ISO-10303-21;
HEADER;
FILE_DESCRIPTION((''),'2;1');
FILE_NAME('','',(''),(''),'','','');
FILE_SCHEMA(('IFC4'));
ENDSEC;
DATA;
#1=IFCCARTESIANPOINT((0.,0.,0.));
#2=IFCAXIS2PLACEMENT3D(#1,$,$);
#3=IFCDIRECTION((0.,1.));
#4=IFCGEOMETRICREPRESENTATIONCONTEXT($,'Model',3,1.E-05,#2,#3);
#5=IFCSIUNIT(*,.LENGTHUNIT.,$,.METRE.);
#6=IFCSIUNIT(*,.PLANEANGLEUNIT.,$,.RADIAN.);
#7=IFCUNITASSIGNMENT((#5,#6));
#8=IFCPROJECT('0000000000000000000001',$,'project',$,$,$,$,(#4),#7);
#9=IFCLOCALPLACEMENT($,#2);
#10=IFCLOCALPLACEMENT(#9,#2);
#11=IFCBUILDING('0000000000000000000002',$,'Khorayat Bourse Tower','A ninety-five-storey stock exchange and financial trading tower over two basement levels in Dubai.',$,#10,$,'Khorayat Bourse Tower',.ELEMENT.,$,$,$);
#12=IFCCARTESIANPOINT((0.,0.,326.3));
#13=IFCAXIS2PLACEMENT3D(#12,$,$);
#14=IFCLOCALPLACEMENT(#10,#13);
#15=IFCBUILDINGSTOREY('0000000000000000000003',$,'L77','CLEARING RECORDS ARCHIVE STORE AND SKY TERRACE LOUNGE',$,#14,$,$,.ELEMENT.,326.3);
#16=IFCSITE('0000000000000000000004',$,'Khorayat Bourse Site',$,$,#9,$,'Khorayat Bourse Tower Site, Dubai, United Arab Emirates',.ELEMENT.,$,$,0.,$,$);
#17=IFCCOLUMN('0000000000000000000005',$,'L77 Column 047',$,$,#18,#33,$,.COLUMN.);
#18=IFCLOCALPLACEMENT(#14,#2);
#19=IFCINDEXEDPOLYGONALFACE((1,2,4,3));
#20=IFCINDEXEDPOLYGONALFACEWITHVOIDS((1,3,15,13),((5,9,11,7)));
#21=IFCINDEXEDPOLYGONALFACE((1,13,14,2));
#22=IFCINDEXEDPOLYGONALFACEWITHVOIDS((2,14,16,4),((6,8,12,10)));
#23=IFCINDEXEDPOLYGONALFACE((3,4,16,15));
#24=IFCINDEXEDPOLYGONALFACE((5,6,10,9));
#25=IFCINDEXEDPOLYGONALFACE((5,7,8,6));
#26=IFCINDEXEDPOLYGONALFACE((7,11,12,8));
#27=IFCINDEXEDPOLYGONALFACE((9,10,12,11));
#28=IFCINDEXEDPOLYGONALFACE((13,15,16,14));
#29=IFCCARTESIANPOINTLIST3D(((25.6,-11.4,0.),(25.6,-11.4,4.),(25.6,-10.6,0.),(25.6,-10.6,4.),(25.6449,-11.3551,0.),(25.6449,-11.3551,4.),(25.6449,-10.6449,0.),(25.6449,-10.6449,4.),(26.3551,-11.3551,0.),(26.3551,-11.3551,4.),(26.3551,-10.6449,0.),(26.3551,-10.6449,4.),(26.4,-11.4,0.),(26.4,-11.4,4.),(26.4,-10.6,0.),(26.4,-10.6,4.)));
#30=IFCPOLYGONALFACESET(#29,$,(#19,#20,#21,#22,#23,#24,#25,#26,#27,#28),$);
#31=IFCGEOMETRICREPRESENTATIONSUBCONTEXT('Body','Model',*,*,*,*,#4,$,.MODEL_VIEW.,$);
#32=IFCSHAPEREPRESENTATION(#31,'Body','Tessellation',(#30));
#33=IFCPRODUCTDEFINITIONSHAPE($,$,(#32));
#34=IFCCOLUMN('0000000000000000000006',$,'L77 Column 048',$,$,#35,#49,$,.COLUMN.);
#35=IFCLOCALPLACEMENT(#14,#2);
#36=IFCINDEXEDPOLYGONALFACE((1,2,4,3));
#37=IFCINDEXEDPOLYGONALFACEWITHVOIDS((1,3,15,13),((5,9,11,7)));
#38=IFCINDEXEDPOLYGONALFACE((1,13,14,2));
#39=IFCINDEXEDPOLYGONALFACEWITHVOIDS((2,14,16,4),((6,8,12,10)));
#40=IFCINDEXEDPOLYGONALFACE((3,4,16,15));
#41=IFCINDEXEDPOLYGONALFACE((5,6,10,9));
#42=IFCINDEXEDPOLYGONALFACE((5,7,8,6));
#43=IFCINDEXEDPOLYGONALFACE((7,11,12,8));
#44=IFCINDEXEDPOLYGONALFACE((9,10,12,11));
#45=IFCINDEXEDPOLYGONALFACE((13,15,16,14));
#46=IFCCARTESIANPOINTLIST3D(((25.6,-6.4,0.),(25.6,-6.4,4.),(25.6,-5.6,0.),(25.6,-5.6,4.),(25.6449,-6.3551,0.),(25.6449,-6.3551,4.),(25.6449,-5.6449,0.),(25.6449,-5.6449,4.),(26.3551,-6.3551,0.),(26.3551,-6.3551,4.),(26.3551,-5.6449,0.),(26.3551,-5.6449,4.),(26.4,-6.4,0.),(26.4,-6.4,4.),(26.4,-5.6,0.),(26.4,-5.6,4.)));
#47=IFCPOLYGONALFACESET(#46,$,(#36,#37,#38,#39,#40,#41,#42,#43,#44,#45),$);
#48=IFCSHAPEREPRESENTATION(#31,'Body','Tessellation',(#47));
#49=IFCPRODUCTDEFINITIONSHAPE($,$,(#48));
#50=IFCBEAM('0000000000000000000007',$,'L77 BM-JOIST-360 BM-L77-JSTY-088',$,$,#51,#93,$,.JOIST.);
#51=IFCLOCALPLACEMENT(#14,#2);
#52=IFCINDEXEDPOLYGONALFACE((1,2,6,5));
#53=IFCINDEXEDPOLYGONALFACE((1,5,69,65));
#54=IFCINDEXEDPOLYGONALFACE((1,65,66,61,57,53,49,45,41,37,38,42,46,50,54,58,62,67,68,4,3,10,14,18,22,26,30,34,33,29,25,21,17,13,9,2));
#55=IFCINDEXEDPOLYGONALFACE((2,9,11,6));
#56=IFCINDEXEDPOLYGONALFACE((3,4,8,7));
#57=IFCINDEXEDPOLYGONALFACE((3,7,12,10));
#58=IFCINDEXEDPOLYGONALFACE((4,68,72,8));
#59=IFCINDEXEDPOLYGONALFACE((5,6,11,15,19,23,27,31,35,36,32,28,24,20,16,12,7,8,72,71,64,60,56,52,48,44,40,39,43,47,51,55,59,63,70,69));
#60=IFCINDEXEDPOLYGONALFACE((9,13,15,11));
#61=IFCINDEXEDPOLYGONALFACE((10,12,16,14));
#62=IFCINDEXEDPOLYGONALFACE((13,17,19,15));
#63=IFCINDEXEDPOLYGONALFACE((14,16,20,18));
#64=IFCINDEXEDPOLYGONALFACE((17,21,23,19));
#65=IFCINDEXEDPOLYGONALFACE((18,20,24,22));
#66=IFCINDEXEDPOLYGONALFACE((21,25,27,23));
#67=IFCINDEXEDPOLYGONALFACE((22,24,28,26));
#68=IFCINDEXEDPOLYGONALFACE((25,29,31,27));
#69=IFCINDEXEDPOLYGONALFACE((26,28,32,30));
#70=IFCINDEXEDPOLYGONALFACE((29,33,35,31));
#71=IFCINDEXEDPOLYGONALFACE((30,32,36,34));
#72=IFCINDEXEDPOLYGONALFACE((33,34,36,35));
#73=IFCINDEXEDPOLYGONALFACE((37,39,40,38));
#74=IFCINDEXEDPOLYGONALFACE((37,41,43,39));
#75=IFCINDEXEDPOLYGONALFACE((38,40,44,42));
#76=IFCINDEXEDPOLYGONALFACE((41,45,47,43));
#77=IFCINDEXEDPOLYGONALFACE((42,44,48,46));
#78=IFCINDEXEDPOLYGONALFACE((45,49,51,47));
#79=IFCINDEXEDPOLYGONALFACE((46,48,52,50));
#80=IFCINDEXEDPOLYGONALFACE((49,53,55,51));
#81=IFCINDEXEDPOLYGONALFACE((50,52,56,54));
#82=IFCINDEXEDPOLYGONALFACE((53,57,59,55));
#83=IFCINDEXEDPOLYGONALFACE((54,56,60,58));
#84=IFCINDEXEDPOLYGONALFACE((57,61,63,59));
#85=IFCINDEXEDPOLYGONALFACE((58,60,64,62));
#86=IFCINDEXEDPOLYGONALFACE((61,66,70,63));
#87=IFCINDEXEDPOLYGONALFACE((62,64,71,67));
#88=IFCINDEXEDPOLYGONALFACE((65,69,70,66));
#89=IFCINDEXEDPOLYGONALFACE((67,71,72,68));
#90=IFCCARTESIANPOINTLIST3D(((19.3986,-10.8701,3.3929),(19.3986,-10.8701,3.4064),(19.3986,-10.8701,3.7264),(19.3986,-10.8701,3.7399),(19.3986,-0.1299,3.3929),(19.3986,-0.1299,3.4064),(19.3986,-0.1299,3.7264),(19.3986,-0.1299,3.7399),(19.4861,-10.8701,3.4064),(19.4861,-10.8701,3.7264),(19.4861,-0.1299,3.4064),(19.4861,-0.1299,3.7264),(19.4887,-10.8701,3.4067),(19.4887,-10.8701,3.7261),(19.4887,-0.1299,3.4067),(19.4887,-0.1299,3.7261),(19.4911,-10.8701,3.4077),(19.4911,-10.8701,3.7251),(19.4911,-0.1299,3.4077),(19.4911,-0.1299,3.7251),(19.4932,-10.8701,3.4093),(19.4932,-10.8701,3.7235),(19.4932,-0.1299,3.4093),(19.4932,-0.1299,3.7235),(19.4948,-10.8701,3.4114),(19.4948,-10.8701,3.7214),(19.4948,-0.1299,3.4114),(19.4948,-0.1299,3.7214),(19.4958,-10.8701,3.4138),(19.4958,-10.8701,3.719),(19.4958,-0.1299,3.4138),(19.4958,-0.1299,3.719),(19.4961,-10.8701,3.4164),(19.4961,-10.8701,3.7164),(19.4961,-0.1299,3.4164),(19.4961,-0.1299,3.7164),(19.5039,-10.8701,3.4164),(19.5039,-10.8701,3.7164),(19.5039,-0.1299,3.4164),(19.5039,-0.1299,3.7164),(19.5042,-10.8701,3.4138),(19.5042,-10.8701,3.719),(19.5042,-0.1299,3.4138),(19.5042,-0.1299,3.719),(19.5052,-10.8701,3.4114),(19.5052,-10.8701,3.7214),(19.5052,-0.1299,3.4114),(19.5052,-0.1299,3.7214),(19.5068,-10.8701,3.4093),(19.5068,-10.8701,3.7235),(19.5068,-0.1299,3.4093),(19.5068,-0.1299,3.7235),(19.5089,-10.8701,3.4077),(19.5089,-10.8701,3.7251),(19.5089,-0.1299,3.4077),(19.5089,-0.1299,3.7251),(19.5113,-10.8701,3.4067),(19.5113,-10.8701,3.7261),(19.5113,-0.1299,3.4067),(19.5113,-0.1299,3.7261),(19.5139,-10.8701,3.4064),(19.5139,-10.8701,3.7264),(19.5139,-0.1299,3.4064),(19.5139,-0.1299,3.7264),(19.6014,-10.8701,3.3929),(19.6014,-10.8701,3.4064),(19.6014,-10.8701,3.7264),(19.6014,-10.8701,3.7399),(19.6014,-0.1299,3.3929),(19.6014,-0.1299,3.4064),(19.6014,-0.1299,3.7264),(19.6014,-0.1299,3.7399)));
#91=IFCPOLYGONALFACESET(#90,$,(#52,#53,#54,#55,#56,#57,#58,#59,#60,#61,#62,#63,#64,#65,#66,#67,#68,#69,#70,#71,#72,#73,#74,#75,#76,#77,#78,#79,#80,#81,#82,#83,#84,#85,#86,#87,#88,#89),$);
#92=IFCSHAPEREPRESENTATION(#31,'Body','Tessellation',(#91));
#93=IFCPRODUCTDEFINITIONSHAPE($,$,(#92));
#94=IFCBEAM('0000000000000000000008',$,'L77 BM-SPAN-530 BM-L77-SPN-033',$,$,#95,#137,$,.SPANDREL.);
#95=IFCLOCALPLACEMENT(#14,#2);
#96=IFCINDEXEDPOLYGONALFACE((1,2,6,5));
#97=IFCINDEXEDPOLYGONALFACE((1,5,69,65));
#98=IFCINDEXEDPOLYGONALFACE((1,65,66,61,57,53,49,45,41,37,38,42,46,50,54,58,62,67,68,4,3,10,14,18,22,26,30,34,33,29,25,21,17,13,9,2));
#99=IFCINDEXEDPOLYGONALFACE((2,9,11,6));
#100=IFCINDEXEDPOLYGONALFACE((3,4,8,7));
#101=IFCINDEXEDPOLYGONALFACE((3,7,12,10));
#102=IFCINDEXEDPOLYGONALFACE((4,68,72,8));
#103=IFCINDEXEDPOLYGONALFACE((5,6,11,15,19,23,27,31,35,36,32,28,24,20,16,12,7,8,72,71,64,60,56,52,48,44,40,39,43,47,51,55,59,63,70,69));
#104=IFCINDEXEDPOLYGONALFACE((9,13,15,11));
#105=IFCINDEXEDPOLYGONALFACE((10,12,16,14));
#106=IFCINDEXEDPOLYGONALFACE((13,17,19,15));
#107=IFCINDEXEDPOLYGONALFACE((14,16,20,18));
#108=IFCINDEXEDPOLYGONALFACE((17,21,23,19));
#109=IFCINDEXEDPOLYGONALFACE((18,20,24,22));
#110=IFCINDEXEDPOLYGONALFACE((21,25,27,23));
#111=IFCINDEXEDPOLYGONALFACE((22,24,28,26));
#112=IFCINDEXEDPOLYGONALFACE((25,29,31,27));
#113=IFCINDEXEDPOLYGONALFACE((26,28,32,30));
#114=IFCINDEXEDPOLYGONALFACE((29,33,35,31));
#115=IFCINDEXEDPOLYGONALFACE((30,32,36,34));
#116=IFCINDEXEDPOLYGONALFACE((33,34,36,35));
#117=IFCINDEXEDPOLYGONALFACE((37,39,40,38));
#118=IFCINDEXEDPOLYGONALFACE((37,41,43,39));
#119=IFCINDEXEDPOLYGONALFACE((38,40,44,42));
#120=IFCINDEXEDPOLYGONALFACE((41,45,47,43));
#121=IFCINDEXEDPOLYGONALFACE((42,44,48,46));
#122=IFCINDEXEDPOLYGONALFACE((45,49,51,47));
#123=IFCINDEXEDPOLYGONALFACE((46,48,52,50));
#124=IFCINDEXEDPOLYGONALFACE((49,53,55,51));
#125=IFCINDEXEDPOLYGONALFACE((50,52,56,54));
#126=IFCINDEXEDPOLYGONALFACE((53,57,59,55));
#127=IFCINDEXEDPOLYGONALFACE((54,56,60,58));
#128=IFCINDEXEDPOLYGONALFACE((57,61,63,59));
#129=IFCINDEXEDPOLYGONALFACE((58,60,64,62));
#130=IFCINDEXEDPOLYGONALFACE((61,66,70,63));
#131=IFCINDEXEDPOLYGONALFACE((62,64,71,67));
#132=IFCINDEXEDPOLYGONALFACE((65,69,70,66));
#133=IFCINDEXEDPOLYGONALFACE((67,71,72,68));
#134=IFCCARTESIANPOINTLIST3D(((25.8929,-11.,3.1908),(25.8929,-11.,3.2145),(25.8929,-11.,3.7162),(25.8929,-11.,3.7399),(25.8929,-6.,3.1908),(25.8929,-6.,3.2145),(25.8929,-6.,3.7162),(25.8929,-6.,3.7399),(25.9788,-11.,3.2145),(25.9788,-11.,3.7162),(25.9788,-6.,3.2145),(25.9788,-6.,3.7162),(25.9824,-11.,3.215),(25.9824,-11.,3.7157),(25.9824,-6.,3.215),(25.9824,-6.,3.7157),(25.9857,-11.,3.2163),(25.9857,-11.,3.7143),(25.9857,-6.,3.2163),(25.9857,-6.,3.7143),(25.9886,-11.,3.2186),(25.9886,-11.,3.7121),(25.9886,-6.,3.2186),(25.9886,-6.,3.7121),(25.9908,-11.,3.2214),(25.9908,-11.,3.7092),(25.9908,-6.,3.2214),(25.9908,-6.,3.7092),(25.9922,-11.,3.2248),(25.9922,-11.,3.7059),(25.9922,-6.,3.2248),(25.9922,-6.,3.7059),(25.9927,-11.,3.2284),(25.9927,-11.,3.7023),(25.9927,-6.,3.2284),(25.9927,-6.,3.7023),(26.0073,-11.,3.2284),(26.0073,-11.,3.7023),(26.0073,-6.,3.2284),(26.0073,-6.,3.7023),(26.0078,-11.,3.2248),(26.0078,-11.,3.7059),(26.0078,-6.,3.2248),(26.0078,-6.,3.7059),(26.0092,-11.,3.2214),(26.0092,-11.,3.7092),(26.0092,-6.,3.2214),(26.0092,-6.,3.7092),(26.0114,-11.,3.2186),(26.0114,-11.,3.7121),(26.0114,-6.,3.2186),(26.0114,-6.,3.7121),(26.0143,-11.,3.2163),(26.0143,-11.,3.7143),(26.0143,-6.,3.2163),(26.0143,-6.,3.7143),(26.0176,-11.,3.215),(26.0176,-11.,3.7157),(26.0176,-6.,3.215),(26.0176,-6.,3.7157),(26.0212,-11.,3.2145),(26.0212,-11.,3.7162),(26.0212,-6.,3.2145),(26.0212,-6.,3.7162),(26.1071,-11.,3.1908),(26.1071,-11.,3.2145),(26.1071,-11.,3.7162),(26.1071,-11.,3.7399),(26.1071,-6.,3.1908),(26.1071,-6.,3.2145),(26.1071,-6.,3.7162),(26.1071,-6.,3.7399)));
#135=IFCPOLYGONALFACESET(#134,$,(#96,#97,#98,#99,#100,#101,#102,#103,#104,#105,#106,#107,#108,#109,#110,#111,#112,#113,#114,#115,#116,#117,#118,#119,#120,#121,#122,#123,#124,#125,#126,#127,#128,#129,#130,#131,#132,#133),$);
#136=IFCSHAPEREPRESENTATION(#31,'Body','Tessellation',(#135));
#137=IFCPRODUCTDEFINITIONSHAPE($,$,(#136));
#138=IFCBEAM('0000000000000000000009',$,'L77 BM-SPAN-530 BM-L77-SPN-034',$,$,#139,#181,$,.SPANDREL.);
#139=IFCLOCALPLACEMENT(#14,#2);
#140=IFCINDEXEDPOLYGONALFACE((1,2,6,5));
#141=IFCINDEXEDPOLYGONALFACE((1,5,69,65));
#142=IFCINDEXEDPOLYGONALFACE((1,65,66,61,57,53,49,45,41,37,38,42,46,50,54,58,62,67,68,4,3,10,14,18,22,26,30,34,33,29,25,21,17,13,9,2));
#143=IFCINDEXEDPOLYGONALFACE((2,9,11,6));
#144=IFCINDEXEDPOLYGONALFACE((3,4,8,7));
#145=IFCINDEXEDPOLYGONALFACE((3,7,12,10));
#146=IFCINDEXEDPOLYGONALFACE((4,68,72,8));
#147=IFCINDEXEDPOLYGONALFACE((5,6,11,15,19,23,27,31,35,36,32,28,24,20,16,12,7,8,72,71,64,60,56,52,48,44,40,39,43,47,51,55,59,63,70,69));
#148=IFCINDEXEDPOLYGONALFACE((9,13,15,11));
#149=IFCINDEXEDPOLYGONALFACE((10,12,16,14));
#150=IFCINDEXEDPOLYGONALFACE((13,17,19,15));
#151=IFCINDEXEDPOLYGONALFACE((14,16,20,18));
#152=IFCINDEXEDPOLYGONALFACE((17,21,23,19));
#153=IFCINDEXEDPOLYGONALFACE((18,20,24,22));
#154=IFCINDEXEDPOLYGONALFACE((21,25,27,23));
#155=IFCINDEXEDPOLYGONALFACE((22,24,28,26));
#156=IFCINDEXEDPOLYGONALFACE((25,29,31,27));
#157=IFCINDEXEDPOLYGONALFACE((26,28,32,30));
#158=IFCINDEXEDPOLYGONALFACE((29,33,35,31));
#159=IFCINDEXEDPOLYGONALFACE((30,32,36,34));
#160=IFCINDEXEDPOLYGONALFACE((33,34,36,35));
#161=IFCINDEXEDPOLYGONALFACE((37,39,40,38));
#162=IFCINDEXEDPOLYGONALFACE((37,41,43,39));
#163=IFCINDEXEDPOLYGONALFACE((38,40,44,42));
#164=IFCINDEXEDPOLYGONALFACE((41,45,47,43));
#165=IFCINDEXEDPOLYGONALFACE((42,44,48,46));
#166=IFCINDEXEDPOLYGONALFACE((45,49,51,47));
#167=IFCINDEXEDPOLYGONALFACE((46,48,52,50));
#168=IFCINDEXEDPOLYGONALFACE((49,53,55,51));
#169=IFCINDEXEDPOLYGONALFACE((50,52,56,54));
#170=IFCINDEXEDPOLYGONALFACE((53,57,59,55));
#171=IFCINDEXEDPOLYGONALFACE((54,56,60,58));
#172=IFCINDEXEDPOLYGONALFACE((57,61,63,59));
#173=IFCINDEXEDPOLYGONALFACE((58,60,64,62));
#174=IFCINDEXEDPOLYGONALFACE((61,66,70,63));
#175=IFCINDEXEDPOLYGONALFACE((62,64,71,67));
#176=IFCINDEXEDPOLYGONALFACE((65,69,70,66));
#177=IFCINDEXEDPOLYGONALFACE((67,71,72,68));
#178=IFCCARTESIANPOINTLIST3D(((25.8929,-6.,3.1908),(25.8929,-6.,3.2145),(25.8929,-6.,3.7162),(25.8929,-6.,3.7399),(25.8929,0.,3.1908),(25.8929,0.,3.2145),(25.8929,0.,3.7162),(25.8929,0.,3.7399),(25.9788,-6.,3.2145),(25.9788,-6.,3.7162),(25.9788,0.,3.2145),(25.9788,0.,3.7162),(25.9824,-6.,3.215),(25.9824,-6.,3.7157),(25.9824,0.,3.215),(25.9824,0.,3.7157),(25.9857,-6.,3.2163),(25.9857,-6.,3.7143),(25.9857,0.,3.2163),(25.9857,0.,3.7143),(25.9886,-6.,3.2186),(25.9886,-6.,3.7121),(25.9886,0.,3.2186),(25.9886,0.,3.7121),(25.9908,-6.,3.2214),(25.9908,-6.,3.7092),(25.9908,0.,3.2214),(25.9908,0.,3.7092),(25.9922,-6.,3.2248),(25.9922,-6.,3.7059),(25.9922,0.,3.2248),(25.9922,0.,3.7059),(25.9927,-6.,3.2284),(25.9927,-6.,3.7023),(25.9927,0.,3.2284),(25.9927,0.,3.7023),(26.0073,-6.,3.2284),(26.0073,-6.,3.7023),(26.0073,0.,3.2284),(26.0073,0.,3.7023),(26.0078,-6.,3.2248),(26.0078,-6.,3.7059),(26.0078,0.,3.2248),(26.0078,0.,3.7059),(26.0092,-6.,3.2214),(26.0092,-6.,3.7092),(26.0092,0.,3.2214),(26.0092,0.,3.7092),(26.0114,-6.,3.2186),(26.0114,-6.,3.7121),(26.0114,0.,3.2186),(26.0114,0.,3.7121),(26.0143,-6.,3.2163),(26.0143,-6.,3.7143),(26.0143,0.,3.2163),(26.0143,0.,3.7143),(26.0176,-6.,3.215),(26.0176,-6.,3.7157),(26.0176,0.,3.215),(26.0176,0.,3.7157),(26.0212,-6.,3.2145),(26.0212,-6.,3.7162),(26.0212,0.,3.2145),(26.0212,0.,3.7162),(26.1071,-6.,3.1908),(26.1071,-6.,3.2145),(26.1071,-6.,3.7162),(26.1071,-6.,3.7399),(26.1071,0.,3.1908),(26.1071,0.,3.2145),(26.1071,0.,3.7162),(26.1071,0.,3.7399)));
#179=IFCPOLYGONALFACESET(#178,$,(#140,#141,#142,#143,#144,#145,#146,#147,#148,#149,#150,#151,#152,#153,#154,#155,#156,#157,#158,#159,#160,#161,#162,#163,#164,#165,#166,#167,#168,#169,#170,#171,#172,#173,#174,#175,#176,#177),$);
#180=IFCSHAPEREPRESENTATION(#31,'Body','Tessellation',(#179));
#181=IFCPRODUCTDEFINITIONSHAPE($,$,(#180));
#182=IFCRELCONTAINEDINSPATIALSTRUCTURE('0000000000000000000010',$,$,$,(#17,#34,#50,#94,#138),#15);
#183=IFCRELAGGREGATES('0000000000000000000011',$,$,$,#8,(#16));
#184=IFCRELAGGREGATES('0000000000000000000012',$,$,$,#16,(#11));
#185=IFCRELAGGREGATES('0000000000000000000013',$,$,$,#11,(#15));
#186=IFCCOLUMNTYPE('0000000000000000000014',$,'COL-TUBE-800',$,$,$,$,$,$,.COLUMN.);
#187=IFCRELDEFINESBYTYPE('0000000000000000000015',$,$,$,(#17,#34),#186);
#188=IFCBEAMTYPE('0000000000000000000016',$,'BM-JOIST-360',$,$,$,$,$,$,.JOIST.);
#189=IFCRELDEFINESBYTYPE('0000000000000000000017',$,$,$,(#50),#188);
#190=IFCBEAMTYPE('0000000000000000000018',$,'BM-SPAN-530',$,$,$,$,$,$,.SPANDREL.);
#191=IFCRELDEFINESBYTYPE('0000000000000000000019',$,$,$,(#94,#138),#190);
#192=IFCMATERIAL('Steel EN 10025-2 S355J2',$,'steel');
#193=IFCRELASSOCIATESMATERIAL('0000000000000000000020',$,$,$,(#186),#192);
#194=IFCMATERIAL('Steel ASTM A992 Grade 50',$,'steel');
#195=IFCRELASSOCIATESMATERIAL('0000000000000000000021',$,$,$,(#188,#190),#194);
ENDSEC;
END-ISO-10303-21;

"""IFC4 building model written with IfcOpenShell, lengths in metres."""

from ifc_helpers import new_model, si_unit, direction, frame, origin, origin_2d, place, context, subcontext, project, spatial, hollow_rectangle, i_section, extrude, source, transform, mapped, material, material_profile, profile_set, type_object, element, save


model = new_model("IFC4")

# Units and contexts
model_context = context("Model", 3, precision=1e-05, world=origin(), true_north=direction((0.0, 1.0)))
body_context = subcontext(model_context, "Body", "Model", "MODEL_VIEW")
ifc_project = project(units=[si_unit("LENGTHUNIT", "METRE"), si_unit("PLANEANGLEUNIT", "RADIAN")], contexts=[model_context])

# Site, building, storey
site_placement = place(None, origin())
site = spatial("IfcSite", under=ifc_project, at=site_placement, Name="Khorayat Bourse Site", LongName="Khorayat Bourse Tower Site, Dubai, United Arab Emirates", CompositionType="ELEMENT", RefElevation=0.0)
building_placement = place(site_placement, origin())
building = spatial("IfcBuilding", under=site, at=building_placement, Name="Khorayat Bourse Tower", Description="A ninety-five-storey stock exchange and financial trading tower over two basement levels in Dubai.", LongName="Khorayat Bourse Tower", CompositionType="ELEMENT")
storey_placement = place(building_placement, frame((0.0, 0.0, 326.3)))
storey = spatial("IfcBuildingStorey", under=building, at=storey_placement, Name="L77", Description="CLEARING RECORDS ARCHIVE STORE AND SKY TERRACE LOUNGE", CompositionType="ELEMENT", Elevation=326.3)

# Columns
ifc_material_1 = material(Name="Steel EN 10025-2 S355J2", Category="steel")
ifc_material_profile_1 = material_profile(ifc_material_1, hollow_rectangle(XDim=0.8, YDim=0.8, WallThickness=0.0449, at=origin_2d()), Name="BOX 800x800x45")
ifc_profile_set_1 = profile_set([ifc_material_profile_1], Name="Steel EN 10025-2 S355J2")
column_type = type_object("IfcColumnType", Name="COL-TUBE-800", PredefinedType="COLUMN", material=ifc_profile_set_1)
shared_shape_1 = source(origin(), body_context, "Body", "SweptSolid", [
    extrude(hollow_rectangle(XDim=0.8, YDim=0.8, WallThickness=0.0449, at=origin_2d()), origin(), (0.0, 0.0, 1.0), 4.0),
])
for number, where, z_axis, x_axis, name in (
    (1, (26.0, -11.0, 0.0), (0.0, 0.0, 1.0), (1.0, 0.0, 0.0), "L77 Column 047"),
    (2, (26.0, -6.0, 0.0), (0.0, 0.0, 1.0), (1.0, 0.0, 0.0), "L77 Column 048"),
):
    element("IfcColumn", number, at=place(storey_placement, frame(where, z_axis=z_axis, x_axis=x_axis)), inside=storey, type_object=column_type, Name=name, PredefinedType="COLUMN", context=body_context, shape_type="MappedRepresentation", body=[
        mapped(shared_shape_1, transform((0.0, 0.0, 0.0), scale=1.0)),
    ])

# Beams
ifc_material_2 = material(Name="Steel ASTM A992 Grade 50", Category="steel")
ifc_material_profile_2 = material_profile(ifc_material_2, i_section(OverallWidth=0.2029, OverallDepth=0.3469, WebThickness=0.0078, FlangeThickness=0.0134, FilletRadius=0.01, at=origin_2d()), Name="W360X64")
ifc_profile_set_2 = profile_set([ifc_material_profile_2], Name="Steel ASTM A992 Grade 50")
beam_type_1 = type_object("IfcBeamType", Name="BM-JOIST-360", PredefinedType="JOIST", material=ifc_profile_set_2)
shared_shape_2 = source(origin(), body_context, "Body", "SweptSolid", [
    extrude(i_section(OverallWidth=0.2029, OverallDepth=0.3469, WebThickness=0.0078, FlangeThickness=0.0134, FilletRadius=0.01, at=origin_2d()), origin(), (0.0, 0.0, 1.0), 10.7402),
])
beam_1_placement = place(storey_placement, frame((19.5, -10.8701, 3.5664), z_axis=(0.0, 1.0, 0.0), x_axis=(-1.0, 0.0, 0.0)))
element("IfcBeam", 3, at=beam_1_placement, inside=storey, type_object=beam_type_1, Name="L77 BM-JOIST-360 BM-L77-JSTY-088", PredefinedType="JOIST", context=body_context, shape_type="MappedRepresentation", body=[
    mapped(shared_shape_2, transform((0.0, 0.0, 0.0), scale=1.0)),
])
ifc_material_profile_3 = material_profile(ifc_material_2, i_section(OverallWidth=0.2141, OverallDepth=0.5491, WebThickness=0.0146, FlangeThickness=0.0237, FilletRadius=0.0139, at=origin_2d()), Name="W530X138")
ifc_profile_set_3 = profile_set([ifc_material_profile_3], Name="Steel ASTM A992 Grade 50")
beam_type_2 = type_object("IfcBeamType", Name="BM-SPAN-530", PredefinedType="SPANDREL", material=ifc_profile_set_3)
shared_shape_3 = source(origin(), body_context, "Body", "SweptSolid", [
    extrude(i_section(OverallWidth=0.2141, OverallDepth=0.5491, WebThickness=0.0146, FlangeThickness=0.0237, FilletRadius=0.0139, at=origin_2d()), origin(), (0.0, 0.0, 1.0), 5.0),
])
beam_2_placement = place(storey_placement, frame((26.0, -11.0, 3.4653), z_axis=(0.0, 1.0, 0.0), x_axis=(-1.0, 0.0, 0.0)))
element("IfcBeam", 4, at=beam_2_placement, inside=storey, type_object=beam_type_2, Name="L77 BM-SPAN-530 BM-L77-SPN-033", PredefinedType="SPANDREL", context=body_context, shape_type="MappedRepresentation", body=[
    mapped(shared_shape_3, transform((0.0, 0.0, 0.0), scale=1.0)),
])
shared_shape_4 = source(origin(), body_context, "Body", "SweptSolid", [
    extrude(i_section(OverallWidth=0.2141, OverallDepth=0.5491, WebThickness=0.0146, FlangeThickness=0.0237, FilletRadius=0.0139, at=origin_2d()), origin(), (0.0, 0.0, 1.0), 6.0),
])
beam_3_placement = place(storey_placement, frame((26.0, -6.0, 3.4653), z_axis=(0.0, 1.0, 0.0), x_axis=(-1.0, 0.0, 0.0)))
element("IfcBeam", 5, at=beam_3_placement, inside=storey, type_object=beam_type_2, Name="L77 BM-SPAN-530 BM-L77-SPN-034", PredefinedType="SPANDREL", context=body_context, shape_type="MappedRepresentation", body=[
    mapped(shared_shape_4, transform((0.0, 0.0, 0.0), scale=1.0)),
])

save(model, "model.ifc")
